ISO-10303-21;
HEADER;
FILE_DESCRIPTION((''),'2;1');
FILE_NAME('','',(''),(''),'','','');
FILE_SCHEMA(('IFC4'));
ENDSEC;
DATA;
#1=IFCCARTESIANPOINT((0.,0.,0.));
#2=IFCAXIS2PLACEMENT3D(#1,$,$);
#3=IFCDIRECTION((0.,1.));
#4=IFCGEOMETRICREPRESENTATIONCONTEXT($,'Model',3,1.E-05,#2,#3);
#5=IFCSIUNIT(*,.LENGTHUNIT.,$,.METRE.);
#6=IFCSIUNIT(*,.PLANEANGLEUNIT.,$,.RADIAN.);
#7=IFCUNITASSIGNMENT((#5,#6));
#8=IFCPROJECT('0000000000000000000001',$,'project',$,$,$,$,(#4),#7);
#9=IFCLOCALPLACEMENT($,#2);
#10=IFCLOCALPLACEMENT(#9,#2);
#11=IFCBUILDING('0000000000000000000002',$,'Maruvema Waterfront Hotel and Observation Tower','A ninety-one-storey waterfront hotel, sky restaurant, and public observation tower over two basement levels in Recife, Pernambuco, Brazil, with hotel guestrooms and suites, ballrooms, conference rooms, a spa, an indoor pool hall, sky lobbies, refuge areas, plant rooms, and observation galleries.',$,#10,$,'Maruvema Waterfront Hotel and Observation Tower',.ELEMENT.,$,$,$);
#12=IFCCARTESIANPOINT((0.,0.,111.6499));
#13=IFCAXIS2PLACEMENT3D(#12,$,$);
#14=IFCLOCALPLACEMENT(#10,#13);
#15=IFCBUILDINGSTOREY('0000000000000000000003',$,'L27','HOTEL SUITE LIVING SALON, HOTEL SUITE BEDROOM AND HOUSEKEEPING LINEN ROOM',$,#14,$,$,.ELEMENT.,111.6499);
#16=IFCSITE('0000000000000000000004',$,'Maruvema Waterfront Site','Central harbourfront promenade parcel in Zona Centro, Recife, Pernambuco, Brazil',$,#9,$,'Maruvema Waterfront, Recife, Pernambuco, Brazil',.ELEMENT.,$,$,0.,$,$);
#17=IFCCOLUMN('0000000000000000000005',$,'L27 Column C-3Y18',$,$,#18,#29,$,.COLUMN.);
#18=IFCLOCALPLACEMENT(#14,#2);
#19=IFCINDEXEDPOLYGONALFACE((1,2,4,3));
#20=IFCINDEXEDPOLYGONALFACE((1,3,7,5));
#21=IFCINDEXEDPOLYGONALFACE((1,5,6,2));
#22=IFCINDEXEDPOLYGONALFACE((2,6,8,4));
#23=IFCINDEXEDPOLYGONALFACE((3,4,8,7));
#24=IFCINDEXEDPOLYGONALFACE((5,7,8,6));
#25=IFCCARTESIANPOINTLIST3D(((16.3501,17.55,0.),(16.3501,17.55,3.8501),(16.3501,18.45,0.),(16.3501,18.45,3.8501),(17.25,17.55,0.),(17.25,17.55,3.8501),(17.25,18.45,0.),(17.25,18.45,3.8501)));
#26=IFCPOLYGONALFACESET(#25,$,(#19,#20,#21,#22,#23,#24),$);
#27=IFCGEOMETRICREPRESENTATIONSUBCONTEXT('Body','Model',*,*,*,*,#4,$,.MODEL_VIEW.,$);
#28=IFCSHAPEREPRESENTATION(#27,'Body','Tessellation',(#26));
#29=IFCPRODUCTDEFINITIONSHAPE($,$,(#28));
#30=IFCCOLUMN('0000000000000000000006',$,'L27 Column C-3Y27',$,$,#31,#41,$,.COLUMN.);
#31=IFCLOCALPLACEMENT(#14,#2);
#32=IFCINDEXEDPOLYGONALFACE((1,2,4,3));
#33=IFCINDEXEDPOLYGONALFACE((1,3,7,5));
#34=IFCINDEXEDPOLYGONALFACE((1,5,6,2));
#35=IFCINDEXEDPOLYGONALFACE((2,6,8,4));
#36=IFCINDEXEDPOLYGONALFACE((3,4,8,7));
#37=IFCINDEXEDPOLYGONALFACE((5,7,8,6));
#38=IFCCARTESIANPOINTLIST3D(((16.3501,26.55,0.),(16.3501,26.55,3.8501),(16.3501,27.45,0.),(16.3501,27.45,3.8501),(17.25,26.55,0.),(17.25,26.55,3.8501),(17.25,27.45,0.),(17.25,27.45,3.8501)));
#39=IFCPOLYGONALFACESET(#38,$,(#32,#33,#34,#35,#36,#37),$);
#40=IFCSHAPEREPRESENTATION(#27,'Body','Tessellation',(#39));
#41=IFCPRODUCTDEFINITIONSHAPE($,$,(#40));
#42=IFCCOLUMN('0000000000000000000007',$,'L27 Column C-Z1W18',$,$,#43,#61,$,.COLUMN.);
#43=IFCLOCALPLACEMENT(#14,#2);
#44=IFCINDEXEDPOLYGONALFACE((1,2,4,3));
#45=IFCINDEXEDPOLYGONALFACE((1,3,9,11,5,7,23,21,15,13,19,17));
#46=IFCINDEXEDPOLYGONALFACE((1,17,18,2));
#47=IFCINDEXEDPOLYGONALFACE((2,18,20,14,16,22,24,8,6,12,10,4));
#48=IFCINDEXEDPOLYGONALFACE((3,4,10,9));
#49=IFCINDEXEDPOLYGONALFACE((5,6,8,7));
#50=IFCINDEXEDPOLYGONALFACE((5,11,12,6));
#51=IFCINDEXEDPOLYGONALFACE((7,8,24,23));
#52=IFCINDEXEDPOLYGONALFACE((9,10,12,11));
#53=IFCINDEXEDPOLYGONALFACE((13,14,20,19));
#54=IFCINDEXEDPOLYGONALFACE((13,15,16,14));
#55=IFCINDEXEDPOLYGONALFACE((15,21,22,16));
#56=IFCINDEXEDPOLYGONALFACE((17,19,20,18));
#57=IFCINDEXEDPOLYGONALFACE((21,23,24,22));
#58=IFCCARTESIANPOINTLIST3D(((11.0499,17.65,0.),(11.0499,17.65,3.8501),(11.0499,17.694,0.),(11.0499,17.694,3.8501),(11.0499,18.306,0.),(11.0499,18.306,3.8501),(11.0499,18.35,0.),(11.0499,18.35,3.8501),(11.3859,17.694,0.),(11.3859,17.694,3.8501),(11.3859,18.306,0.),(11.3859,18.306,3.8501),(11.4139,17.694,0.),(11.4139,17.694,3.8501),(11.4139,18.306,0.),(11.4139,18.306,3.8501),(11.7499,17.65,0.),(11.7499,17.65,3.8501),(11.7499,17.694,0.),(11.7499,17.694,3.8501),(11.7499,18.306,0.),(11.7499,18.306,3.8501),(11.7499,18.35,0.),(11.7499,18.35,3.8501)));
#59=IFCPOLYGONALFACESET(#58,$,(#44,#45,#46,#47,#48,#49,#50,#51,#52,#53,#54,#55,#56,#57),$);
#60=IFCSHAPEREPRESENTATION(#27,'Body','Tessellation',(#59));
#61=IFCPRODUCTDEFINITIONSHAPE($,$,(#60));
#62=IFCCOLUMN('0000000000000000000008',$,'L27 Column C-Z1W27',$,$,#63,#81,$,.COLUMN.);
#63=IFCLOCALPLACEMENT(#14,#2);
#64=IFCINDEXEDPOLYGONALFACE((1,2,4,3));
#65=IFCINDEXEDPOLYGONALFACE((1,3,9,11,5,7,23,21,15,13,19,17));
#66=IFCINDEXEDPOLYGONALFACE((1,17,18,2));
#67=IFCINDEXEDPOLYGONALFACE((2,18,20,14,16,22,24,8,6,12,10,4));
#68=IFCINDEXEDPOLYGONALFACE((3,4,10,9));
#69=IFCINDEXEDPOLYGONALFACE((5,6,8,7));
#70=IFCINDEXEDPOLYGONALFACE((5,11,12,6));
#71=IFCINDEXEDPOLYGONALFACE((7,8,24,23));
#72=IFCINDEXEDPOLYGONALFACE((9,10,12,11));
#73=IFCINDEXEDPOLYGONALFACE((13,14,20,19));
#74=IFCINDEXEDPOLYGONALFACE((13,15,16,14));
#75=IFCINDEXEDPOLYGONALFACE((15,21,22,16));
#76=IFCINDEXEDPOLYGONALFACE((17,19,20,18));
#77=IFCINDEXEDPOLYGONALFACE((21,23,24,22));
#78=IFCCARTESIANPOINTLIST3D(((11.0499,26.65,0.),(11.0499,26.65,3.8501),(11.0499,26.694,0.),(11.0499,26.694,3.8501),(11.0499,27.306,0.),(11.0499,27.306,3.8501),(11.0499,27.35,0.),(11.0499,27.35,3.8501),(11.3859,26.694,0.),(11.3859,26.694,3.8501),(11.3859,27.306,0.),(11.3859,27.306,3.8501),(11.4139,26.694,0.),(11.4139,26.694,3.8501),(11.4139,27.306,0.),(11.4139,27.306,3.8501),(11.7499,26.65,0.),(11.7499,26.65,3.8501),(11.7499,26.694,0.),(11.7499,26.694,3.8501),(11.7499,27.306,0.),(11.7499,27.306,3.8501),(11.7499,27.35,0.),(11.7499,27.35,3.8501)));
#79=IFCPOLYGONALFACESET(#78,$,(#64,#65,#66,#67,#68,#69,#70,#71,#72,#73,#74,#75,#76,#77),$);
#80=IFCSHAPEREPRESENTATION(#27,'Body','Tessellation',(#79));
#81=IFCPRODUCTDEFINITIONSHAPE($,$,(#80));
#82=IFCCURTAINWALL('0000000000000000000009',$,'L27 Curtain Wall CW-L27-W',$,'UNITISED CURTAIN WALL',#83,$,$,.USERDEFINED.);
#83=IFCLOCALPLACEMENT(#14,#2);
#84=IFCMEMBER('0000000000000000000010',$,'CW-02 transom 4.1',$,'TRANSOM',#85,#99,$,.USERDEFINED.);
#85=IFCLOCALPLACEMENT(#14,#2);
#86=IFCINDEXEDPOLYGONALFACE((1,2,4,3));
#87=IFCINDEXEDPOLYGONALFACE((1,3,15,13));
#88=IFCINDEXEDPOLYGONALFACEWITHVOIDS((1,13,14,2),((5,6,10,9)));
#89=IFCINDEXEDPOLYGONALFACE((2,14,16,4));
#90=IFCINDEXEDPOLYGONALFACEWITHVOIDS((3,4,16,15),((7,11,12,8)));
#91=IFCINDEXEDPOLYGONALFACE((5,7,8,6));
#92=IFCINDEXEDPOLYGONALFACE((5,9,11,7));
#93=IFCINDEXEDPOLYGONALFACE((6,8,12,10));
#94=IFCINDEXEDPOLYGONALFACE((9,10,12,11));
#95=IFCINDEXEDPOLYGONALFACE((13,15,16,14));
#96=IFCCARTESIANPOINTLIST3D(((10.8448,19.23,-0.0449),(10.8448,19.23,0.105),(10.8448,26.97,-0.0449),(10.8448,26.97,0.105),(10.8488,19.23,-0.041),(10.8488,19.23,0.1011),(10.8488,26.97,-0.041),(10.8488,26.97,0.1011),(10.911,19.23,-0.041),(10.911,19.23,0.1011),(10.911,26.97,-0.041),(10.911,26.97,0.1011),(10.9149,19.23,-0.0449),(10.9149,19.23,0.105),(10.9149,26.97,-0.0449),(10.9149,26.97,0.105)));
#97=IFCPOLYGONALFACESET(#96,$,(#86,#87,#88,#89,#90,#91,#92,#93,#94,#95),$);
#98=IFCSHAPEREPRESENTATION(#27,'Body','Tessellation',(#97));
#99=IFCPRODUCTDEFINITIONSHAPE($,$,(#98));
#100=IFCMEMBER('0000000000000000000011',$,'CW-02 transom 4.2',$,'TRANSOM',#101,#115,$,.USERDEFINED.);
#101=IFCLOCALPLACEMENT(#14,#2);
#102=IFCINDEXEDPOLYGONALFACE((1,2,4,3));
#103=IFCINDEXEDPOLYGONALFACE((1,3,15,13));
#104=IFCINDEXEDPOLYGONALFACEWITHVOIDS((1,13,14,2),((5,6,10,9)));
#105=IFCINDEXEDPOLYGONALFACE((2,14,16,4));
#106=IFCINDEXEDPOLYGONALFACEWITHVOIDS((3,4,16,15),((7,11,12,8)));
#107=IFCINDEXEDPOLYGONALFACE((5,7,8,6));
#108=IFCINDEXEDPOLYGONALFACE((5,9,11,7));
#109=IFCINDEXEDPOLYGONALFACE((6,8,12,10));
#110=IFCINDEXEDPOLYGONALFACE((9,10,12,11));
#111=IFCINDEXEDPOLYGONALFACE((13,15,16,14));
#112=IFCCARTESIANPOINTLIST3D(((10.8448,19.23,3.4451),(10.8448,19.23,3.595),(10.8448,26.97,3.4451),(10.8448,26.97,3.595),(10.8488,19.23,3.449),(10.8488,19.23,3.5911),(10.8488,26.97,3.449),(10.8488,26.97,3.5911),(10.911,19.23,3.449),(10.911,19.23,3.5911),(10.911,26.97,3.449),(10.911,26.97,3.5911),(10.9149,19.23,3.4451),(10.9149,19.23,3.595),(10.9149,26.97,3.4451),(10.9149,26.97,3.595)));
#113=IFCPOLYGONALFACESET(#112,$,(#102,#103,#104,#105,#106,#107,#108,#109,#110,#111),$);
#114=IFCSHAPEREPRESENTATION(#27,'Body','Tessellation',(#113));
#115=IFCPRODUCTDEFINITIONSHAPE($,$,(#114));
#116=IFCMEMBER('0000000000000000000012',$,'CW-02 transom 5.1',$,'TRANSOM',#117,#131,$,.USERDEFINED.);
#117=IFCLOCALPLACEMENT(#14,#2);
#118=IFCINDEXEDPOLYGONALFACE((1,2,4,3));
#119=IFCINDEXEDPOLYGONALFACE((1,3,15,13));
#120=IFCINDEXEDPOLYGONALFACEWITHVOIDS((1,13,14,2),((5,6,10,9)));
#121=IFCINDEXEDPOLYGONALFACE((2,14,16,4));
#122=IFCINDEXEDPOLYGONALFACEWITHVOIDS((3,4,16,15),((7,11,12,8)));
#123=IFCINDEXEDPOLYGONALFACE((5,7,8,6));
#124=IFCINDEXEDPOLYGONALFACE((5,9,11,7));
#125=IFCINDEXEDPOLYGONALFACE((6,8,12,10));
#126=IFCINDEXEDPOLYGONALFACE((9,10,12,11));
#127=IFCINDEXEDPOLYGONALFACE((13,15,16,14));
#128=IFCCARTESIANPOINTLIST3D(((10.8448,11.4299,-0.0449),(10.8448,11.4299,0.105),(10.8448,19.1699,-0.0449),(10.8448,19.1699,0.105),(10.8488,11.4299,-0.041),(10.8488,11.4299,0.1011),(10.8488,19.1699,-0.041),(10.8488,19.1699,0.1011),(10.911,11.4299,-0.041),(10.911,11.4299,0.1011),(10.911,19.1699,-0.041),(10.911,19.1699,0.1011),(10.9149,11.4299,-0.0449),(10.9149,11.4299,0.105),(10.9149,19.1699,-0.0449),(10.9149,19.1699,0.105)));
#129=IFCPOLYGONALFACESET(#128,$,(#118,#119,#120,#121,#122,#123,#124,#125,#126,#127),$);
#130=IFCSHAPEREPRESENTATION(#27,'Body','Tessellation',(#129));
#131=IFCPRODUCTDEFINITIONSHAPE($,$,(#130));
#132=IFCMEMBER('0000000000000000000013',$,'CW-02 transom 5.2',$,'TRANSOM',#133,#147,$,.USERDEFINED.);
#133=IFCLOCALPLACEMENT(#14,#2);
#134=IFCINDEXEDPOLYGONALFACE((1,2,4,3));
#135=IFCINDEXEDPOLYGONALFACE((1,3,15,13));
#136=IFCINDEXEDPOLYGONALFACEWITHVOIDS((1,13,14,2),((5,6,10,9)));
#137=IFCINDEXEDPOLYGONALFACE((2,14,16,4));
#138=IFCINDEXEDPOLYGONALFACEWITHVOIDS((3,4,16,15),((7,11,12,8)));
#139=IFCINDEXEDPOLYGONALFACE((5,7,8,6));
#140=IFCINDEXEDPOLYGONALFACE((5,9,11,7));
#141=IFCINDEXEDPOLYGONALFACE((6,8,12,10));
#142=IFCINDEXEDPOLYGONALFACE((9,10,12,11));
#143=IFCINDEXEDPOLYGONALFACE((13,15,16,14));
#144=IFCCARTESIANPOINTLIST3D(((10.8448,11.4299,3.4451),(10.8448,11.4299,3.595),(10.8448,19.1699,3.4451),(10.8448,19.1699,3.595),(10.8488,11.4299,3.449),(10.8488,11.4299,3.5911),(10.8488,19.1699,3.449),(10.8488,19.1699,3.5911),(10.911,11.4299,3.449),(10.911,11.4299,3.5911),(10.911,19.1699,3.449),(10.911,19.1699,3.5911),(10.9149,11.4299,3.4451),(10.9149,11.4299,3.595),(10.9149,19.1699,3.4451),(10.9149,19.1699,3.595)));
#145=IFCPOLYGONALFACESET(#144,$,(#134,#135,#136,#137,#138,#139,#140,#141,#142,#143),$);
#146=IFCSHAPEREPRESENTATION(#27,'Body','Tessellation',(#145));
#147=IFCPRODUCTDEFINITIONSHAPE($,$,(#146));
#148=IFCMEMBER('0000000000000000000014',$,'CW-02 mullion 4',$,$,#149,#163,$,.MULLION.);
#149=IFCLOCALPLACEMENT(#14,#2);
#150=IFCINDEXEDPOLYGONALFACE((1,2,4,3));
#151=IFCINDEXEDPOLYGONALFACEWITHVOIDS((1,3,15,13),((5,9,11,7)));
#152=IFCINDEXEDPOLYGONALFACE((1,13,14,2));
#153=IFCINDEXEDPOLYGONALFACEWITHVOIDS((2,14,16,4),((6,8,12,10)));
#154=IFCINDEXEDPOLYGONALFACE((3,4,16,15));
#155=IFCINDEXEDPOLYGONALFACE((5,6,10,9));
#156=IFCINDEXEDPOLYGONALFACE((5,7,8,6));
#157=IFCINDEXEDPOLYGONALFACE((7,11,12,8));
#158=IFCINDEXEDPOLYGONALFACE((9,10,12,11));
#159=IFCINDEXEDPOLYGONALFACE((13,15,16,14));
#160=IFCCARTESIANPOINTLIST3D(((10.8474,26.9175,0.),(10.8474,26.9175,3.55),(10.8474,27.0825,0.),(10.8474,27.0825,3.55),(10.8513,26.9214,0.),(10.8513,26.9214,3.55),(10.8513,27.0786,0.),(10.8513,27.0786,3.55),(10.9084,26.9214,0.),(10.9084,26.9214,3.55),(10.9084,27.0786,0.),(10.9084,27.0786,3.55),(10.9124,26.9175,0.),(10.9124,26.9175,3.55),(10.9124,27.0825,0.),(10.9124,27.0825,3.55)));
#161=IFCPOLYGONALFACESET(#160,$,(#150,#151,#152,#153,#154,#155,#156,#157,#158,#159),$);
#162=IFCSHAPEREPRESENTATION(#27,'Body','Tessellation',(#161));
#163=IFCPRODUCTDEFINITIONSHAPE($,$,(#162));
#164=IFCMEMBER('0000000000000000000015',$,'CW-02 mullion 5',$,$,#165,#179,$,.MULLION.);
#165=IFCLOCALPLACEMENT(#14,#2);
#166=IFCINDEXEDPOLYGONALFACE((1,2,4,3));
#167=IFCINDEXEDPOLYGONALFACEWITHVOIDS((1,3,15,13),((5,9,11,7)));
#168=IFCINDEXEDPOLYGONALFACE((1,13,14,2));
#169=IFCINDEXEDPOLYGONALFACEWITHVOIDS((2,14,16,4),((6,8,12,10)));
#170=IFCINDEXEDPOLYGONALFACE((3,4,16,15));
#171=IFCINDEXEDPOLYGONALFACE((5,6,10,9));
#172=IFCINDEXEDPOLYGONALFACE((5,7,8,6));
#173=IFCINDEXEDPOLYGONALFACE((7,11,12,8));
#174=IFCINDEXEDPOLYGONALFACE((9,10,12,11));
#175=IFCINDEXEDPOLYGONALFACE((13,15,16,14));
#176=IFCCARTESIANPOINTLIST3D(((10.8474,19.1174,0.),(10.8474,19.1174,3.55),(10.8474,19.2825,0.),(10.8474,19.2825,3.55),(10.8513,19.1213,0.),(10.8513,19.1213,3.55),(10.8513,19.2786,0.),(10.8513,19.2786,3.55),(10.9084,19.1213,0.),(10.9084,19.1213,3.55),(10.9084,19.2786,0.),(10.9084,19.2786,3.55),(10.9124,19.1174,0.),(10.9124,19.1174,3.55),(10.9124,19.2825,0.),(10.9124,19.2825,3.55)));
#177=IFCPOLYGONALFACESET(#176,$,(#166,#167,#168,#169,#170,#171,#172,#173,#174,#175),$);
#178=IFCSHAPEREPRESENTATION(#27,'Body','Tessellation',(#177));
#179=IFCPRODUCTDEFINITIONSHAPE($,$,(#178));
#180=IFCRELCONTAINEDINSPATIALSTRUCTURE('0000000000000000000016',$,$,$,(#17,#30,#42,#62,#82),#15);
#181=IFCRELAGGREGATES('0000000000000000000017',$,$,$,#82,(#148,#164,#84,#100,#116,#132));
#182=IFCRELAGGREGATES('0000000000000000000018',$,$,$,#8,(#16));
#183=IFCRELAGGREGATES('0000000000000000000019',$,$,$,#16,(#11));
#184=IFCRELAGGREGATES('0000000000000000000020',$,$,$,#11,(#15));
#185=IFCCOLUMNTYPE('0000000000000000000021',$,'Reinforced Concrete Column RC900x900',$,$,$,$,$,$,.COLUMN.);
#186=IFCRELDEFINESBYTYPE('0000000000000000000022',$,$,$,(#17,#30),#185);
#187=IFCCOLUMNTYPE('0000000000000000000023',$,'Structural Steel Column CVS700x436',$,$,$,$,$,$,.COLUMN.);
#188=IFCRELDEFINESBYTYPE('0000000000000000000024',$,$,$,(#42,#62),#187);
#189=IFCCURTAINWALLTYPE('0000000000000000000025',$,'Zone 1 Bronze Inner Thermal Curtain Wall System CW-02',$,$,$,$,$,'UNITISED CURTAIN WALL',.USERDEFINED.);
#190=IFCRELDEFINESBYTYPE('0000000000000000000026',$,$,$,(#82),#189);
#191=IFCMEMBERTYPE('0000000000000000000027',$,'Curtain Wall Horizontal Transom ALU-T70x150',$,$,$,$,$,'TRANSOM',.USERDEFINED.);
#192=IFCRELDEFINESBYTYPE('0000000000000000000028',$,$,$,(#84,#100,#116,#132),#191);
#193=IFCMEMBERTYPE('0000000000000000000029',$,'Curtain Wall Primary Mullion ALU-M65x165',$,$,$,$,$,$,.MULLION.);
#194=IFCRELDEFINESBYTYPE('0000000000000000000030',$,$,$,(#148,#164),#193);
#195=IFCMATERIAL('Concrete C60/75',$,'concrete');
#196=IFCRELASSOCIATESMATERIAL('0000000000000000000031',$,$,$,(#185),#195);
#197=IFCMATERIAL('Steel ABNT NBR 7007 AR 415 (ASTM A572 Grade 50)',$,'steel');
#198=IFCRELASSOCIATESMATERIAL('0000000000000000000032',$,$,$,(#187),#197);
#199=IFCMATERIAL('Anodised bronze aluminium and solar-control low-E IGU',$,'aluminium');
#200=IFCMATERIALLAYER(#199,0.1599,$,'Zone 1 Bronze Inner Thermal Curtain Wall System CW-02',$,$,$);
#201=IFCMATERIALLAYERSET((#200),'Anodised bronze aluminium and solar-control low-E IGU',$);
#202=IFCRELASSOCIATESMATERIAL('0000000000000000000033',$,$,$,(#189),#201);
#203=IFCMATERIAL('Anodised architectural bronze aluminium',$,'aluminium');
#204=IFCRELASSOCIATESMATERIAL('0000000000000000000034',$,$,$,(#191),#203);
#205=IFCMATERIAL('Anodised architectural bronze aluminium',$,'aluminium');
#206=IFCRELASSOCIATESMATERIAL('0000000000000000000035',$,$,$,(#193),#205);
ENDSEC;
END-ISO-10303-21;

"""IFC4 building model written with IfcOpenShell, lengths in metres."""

from ifc_helpers import new_model, si_unit, direction, frame, origin, origin_2d, place, context, subcontext, project, spatial, rectangle, hollow_rectangle, i_section, extrude, material, layer, layer_set, material_profile, profile_set, type_object, element, aggregate, save


model = new_model("IFC4")

# Units and contexts
model_context = context("Model", 3, precision=1e-05, world=origin(), true_north=direction((0.0, 1.0)))
body_context = subcontext(model_context, "Body", "Model", "MODEL_VIEW")
ifc_project = project(units=[si_unit("LENGTHUNIT", "METRE"), si_unit("PLANEANGLEUNIT", "RADIAN")], contexts=[model_context])

# Site, building, storey
site_placement = place(None, origin())
site = spatial("IfcSite", under=ifc_project, at=site_placement, Name="Maruvema Waterfront Site", Description="Central harbourfront promenade parcel in Zona Centro, Recife, Pernambuco, Brazil", LongName="Maruvema Waterfront, Recife, Pernambuco, Brazil", CompositionType="ELEMENT", RefElevation=0.0)
building_placement = place(site_placement, origin())
building = spatial("IfcBuilding", under=site, at=building_placement, Name="Maruvema Waterfront Hotel and Observation Tower", Description="A ninety-one-storey waterfront hotel, sky restaurant, and public observation tower over two basement levels in Recife, Pernambuco, Brazil, with hotel guestrooms and suites, ballrooms, conference rooms, a spa, an indoor pool hall, sky lobbies, refuge areas, plant rooms, and observation galleries.", LongName="Maruvema Waterfront Hotel and Observation Tower", CompositionType="ELEMENT")
storey_placement = place(building_placement, frame((0.0, 0.0, 111.6499)))
storey = spatial("IfcBuildingStorey", under=building, at=storey_placement, Name="L27", Description="HOTEL SUITE LIVING SALON, HOTEL SUITE BEDROOM AND HOUSEKEEPING LINEN ROOM", CompositionType="ELEMENT", Elevation=111.6499)

# Columns
ifc_material_1 = material(Name="Concrete C60/75", Category="concrete")
ifc_material_profile_1 = material_profile(ifc_material_1, rectangle(XDim=0.8999, YDim=0.8999, at=origin_2d()), Name="RC900x900")
ifc_profile_set_1 = profile_set([ifc_material_profile_1], Name="Concrete C60/75")
column_type_1 = type_object("IfcColumnType", Name="Reinforced Concrete Column RC900x900", PredefinedType="COLUMN", material=ifc_profile_set_1)
for number, where, z_axis, x_axis, name in (
    (1, (16.8, 18.0, 0.0), (0.0, 0.0, 1.0), (1.0, 0.0, 0.0), "L27 Column C-3Y18"),
    (2, (16.8, 27.0, 0.0), (0.0, 0.0, 1.0), (1.0, 0.0, 0.0), "L27 Column C-3Y27"),
):
    element("IfcColumn", number, at=place(storey_placement, frame(where, z_axis=z_axis, x_axis=x_axis)), inside=storey, type_object=column_type_1, Name=name, PredefinedType="COLUMN", context=body_context, shape_type="SweptSolid", body=[
        extrude(rectangle(XDim=0.8999, YDim=0.8999, at=origin_2d()), origin(), (0.0, 0.0, 1.0), 3.8501),
    ])
ifc_material_2 = material(Name="Steel ABNT NBR 7007 AR 415 (ASTM A572 Grade 50)", Category="steel")
ifc_material_profile_2 = material_profile(ifc_material_2, i_section(OverallWidth=0.7, OverallDepth=0.7, WebThickness=0.0281, FlangeThickness=0.0439, at=origin_2d()), Name="CVS700x436")
ifc_profile_set_2 = profile_set([ifc_material_profile_2], Name="Steel ABNT NBR 7007 AR 415 (ASTM A572 Grade 50)")
column_type_2 = type_object("IfcColumnType", Name="Structural Steel Column CVS700x436", PredefinedType="COLUMN", material=ifc_profile_set_2)
for number, where, z_axis, x_axis, name in (
    (3, (11.3999, 18.0, 0.0), (0.0, 0.0, 1.0), (1.0, 0.0, 0.0), "L27 Column C-Z1W18"),
    (4, (11.3999, 27.0, 0.0), (0.0, 0.0, 1.0), (1.0, 0.0, 0.0), "L27 Column C-Z1W27"),
):
    element("IfcColumn", number, at=place(storey_placement, frame(where, z_axis=z_axis, x_axis=x_axis)), inside=storey, type_object=column_type_2, Name=name, PredefinedType="COLUMN", context=body_context, shape_type="SweptSolid", body=[
        extrude(i_section(OverallWidth=0.7, OverallDepth=0.7, WebThickness=0.0281, FlangeThickness=0.0439, at=origin_2d()), origin(), (0.0, 0.0, 1.0), 3.8501),
    ])

# Curtain wall, members
ifc_material_3 = material(Name="Anodised bronze aluminium and solar-control low-E IGU", Category="aluminium")
ifc_layer_1 = layer(ifc_material_3, 0.1599, Name="Zone 1 Bronze Inner Thermal Curtain Wall System CW-02")
ifc_layer_set_1 = layer_set([ifc_layer_1], Name="Anodised bronze aluminium and solar-control low-E IGU")
curtain_wall_type = type_object("IfcCurtainWallType", Name="Zone 1 Bronze Inner Thermal Curtain Wall System CW-02", ElementType="UNITISED CURTAIN WALL", PredefinedType="USERDEFINED", material=ifc_layer_set_1)
curtain_wall_placement = place(storey_placement, origin())
curtain_wall = element("IfcCurtainWall", 5, at=curtain_wall_placement, inside=storey, type_object=curtain_wall_type, Name="L27 Curtain Wall CW-L27-W", ObjectType="UNITISED CURTAIN WALL", PredefinedType="USERDEFINED")
ifc_material_4 = material(Name="Anodised architectural bronze aluminium", Category="aluminium")
ifc_material_profile_3 = material_profile(ifc_material_4, hollow_rectangle(XDim=0.0701, YDim=0.1499, WallThickness=0.0039, at=origin_2d()), Name="ALU-T70x150")
ifc_profile_set_3 = profile_set([ifc_material_profile_3], Name="Anodised architectural bronze aluminium")
member_type_1 = type_object("IfcMemberType", Name="Curtain Wall Horizontal Transom ALU-T70x150", ElementType="TRANSOM", PredefinedType="USERDEFINED", material=ifc_profile_set_3)
member_1_placement = place(storey_placement, frame((10.8799, 26.97, 0.03), z_axis=(0.0, -1.0, 0.0), x_axis=(1.0, 0.0, 0.0)))
member_1 = element("IfcMember", 6, at=member_1_placement, type_object=member_type_1, Name="CW-02 transom 4.1", ObjectType="TRANSOM", PredefinedType="USERDEFINED", context=body_context, shape_type="SweptSolid", body=[
    extrude(hollow_rectangle(XDim=0.0701, YDim=0.1499, WallThickness=0.0039, at=origin_2d()), origin(), (0.0, 0.0, 1.0), 7.74),
])
member_2_placement = place(storey_placement, frame((10.8799, 26.97, 3.52), z_axis=(0.0, -1.0, 0.0), x_axis=(1.0, 0.0, 0.0)))
member_2 = element("IfcMember", 7, at=member_2_placement, type_object=member_type_1, Name="CW-02 transom 4.2", ObjectType="TRANSOM", PredefinedType="USERDEFINED", context=body_context, shape_type="SweptSolid", body=[
    extrude(hollow_rectangle(XDim=0.0701, YDim=0.1499, WallThickness=0.0039, at=origin_2d()), origin(), (0.0, 0.0, 1.0), 7.74),
])
member_3_placement = place(storey_placement, frame((10.8799, 19.1699, 0.03), z_axis=(0.0, -1.0, 0.0), x_axis=(1.0, 0.0, 0.0)))
member_3 = element("IfcMember", 8, at=member_3_placement, type_object=member_type_1, Name="CW-02 transom 5.1", ObjectType="TRANSOM", PredefinedType="USERDEFINED", context=body_context, shape_type="SweptSolid", body=[
    extrude(hollow_rectangle(XDim=0.0701, YDim=0.1499, WallThickness=0.0039, at=origin_2d()), origin(), (0.0, 0.0, 1.0), 7.74),
])
member_4_placement = place(storey_placement, frame((10.8799, 19.1699, 3.52), z_axis=(0.0, -1.0, 0.0), x_axis=(1.0, 0.0, 0.0)))
member_4 = element("IfcMember", 9, at=member_4_placement, type_object=member_type_1, Name="CW-02 transom 5.2", ObjectType="TRANSOM", PredefinedType="USERDEFINED", context=body_context, shape_type="SweptSolid", body=[
    extrude(hollow_rectangle(XDim=0.0701, YDim=0.1499, WallThickness=0.0039, at=origin_2d()), origin(), (0.0, 0.0, 1.0), 7.74),
])
ifc_material_5 = material(Name="Anodised architectural bronze aluminium", Category="aluminium")
ifc_material_profile_4 = material_profile(ifc_material_5, hollow_rectangle(XDim=0.0649, YDim=0.165, WallThickness=0.0039, at=origin_2d()), Name="ALU-M65x165")
ifc_profile_set_4 = profile_set([ifc_material_profile_4], Name="Anodised architectural bronze aluminium")
member_type_2 = type_object("IfcMemberType", Name="Curtain Wall Primary Mullion ALU-M65x165", PredefinedType="MULLION", material=ifc_profile_set_4)
member_5_placement = place(storey_placement, frame((10.8799, 27.0, 0.0), z_axis=(0.0, 0.0, 1.0), x_axis=(1.0, 0.0, 0.0)))
member_5 = element("IfcMember", 10, at=member_5_placement, type_object=member_type_2, Name="CW-02 mullion 4", PredefinedType="MULLION", context=body_context, shape_type="SweptSolid", body=[
    extrude(hollow_rectangle(XDim=0.0649, YDim=0.165, WallThickness=0.0039, at=origin_2d()), origin(), (0.0, 0.0, 1.0), 3.55),
])
member_6_placement = place(storey_placement, frame((10.8799, 19.2, 0.0), z_axis=(0.0, 0.0, 1.0), x_axis=(1.0, 0.0, 0.0)))
member_6 = element("IfcMember", 11, at=member_6_placement, type_object=member_type_2, Name="CW-02 mullion 5", PredefinedType="MULLION", context=body_context, shape_type="SweptSolid", body=[
    extrude(hollow_rectangle(XDim=0.0649, YDim=0.165, WallThickness=0.0039, at=origin_2d()), origin(), (0.0, 0.0, 1.0), 3.55),
])

aggregate(curtain_wall, [member_5, member_6, member_1, member_2, member_3, member_4])

save(model, "model.ifc")
